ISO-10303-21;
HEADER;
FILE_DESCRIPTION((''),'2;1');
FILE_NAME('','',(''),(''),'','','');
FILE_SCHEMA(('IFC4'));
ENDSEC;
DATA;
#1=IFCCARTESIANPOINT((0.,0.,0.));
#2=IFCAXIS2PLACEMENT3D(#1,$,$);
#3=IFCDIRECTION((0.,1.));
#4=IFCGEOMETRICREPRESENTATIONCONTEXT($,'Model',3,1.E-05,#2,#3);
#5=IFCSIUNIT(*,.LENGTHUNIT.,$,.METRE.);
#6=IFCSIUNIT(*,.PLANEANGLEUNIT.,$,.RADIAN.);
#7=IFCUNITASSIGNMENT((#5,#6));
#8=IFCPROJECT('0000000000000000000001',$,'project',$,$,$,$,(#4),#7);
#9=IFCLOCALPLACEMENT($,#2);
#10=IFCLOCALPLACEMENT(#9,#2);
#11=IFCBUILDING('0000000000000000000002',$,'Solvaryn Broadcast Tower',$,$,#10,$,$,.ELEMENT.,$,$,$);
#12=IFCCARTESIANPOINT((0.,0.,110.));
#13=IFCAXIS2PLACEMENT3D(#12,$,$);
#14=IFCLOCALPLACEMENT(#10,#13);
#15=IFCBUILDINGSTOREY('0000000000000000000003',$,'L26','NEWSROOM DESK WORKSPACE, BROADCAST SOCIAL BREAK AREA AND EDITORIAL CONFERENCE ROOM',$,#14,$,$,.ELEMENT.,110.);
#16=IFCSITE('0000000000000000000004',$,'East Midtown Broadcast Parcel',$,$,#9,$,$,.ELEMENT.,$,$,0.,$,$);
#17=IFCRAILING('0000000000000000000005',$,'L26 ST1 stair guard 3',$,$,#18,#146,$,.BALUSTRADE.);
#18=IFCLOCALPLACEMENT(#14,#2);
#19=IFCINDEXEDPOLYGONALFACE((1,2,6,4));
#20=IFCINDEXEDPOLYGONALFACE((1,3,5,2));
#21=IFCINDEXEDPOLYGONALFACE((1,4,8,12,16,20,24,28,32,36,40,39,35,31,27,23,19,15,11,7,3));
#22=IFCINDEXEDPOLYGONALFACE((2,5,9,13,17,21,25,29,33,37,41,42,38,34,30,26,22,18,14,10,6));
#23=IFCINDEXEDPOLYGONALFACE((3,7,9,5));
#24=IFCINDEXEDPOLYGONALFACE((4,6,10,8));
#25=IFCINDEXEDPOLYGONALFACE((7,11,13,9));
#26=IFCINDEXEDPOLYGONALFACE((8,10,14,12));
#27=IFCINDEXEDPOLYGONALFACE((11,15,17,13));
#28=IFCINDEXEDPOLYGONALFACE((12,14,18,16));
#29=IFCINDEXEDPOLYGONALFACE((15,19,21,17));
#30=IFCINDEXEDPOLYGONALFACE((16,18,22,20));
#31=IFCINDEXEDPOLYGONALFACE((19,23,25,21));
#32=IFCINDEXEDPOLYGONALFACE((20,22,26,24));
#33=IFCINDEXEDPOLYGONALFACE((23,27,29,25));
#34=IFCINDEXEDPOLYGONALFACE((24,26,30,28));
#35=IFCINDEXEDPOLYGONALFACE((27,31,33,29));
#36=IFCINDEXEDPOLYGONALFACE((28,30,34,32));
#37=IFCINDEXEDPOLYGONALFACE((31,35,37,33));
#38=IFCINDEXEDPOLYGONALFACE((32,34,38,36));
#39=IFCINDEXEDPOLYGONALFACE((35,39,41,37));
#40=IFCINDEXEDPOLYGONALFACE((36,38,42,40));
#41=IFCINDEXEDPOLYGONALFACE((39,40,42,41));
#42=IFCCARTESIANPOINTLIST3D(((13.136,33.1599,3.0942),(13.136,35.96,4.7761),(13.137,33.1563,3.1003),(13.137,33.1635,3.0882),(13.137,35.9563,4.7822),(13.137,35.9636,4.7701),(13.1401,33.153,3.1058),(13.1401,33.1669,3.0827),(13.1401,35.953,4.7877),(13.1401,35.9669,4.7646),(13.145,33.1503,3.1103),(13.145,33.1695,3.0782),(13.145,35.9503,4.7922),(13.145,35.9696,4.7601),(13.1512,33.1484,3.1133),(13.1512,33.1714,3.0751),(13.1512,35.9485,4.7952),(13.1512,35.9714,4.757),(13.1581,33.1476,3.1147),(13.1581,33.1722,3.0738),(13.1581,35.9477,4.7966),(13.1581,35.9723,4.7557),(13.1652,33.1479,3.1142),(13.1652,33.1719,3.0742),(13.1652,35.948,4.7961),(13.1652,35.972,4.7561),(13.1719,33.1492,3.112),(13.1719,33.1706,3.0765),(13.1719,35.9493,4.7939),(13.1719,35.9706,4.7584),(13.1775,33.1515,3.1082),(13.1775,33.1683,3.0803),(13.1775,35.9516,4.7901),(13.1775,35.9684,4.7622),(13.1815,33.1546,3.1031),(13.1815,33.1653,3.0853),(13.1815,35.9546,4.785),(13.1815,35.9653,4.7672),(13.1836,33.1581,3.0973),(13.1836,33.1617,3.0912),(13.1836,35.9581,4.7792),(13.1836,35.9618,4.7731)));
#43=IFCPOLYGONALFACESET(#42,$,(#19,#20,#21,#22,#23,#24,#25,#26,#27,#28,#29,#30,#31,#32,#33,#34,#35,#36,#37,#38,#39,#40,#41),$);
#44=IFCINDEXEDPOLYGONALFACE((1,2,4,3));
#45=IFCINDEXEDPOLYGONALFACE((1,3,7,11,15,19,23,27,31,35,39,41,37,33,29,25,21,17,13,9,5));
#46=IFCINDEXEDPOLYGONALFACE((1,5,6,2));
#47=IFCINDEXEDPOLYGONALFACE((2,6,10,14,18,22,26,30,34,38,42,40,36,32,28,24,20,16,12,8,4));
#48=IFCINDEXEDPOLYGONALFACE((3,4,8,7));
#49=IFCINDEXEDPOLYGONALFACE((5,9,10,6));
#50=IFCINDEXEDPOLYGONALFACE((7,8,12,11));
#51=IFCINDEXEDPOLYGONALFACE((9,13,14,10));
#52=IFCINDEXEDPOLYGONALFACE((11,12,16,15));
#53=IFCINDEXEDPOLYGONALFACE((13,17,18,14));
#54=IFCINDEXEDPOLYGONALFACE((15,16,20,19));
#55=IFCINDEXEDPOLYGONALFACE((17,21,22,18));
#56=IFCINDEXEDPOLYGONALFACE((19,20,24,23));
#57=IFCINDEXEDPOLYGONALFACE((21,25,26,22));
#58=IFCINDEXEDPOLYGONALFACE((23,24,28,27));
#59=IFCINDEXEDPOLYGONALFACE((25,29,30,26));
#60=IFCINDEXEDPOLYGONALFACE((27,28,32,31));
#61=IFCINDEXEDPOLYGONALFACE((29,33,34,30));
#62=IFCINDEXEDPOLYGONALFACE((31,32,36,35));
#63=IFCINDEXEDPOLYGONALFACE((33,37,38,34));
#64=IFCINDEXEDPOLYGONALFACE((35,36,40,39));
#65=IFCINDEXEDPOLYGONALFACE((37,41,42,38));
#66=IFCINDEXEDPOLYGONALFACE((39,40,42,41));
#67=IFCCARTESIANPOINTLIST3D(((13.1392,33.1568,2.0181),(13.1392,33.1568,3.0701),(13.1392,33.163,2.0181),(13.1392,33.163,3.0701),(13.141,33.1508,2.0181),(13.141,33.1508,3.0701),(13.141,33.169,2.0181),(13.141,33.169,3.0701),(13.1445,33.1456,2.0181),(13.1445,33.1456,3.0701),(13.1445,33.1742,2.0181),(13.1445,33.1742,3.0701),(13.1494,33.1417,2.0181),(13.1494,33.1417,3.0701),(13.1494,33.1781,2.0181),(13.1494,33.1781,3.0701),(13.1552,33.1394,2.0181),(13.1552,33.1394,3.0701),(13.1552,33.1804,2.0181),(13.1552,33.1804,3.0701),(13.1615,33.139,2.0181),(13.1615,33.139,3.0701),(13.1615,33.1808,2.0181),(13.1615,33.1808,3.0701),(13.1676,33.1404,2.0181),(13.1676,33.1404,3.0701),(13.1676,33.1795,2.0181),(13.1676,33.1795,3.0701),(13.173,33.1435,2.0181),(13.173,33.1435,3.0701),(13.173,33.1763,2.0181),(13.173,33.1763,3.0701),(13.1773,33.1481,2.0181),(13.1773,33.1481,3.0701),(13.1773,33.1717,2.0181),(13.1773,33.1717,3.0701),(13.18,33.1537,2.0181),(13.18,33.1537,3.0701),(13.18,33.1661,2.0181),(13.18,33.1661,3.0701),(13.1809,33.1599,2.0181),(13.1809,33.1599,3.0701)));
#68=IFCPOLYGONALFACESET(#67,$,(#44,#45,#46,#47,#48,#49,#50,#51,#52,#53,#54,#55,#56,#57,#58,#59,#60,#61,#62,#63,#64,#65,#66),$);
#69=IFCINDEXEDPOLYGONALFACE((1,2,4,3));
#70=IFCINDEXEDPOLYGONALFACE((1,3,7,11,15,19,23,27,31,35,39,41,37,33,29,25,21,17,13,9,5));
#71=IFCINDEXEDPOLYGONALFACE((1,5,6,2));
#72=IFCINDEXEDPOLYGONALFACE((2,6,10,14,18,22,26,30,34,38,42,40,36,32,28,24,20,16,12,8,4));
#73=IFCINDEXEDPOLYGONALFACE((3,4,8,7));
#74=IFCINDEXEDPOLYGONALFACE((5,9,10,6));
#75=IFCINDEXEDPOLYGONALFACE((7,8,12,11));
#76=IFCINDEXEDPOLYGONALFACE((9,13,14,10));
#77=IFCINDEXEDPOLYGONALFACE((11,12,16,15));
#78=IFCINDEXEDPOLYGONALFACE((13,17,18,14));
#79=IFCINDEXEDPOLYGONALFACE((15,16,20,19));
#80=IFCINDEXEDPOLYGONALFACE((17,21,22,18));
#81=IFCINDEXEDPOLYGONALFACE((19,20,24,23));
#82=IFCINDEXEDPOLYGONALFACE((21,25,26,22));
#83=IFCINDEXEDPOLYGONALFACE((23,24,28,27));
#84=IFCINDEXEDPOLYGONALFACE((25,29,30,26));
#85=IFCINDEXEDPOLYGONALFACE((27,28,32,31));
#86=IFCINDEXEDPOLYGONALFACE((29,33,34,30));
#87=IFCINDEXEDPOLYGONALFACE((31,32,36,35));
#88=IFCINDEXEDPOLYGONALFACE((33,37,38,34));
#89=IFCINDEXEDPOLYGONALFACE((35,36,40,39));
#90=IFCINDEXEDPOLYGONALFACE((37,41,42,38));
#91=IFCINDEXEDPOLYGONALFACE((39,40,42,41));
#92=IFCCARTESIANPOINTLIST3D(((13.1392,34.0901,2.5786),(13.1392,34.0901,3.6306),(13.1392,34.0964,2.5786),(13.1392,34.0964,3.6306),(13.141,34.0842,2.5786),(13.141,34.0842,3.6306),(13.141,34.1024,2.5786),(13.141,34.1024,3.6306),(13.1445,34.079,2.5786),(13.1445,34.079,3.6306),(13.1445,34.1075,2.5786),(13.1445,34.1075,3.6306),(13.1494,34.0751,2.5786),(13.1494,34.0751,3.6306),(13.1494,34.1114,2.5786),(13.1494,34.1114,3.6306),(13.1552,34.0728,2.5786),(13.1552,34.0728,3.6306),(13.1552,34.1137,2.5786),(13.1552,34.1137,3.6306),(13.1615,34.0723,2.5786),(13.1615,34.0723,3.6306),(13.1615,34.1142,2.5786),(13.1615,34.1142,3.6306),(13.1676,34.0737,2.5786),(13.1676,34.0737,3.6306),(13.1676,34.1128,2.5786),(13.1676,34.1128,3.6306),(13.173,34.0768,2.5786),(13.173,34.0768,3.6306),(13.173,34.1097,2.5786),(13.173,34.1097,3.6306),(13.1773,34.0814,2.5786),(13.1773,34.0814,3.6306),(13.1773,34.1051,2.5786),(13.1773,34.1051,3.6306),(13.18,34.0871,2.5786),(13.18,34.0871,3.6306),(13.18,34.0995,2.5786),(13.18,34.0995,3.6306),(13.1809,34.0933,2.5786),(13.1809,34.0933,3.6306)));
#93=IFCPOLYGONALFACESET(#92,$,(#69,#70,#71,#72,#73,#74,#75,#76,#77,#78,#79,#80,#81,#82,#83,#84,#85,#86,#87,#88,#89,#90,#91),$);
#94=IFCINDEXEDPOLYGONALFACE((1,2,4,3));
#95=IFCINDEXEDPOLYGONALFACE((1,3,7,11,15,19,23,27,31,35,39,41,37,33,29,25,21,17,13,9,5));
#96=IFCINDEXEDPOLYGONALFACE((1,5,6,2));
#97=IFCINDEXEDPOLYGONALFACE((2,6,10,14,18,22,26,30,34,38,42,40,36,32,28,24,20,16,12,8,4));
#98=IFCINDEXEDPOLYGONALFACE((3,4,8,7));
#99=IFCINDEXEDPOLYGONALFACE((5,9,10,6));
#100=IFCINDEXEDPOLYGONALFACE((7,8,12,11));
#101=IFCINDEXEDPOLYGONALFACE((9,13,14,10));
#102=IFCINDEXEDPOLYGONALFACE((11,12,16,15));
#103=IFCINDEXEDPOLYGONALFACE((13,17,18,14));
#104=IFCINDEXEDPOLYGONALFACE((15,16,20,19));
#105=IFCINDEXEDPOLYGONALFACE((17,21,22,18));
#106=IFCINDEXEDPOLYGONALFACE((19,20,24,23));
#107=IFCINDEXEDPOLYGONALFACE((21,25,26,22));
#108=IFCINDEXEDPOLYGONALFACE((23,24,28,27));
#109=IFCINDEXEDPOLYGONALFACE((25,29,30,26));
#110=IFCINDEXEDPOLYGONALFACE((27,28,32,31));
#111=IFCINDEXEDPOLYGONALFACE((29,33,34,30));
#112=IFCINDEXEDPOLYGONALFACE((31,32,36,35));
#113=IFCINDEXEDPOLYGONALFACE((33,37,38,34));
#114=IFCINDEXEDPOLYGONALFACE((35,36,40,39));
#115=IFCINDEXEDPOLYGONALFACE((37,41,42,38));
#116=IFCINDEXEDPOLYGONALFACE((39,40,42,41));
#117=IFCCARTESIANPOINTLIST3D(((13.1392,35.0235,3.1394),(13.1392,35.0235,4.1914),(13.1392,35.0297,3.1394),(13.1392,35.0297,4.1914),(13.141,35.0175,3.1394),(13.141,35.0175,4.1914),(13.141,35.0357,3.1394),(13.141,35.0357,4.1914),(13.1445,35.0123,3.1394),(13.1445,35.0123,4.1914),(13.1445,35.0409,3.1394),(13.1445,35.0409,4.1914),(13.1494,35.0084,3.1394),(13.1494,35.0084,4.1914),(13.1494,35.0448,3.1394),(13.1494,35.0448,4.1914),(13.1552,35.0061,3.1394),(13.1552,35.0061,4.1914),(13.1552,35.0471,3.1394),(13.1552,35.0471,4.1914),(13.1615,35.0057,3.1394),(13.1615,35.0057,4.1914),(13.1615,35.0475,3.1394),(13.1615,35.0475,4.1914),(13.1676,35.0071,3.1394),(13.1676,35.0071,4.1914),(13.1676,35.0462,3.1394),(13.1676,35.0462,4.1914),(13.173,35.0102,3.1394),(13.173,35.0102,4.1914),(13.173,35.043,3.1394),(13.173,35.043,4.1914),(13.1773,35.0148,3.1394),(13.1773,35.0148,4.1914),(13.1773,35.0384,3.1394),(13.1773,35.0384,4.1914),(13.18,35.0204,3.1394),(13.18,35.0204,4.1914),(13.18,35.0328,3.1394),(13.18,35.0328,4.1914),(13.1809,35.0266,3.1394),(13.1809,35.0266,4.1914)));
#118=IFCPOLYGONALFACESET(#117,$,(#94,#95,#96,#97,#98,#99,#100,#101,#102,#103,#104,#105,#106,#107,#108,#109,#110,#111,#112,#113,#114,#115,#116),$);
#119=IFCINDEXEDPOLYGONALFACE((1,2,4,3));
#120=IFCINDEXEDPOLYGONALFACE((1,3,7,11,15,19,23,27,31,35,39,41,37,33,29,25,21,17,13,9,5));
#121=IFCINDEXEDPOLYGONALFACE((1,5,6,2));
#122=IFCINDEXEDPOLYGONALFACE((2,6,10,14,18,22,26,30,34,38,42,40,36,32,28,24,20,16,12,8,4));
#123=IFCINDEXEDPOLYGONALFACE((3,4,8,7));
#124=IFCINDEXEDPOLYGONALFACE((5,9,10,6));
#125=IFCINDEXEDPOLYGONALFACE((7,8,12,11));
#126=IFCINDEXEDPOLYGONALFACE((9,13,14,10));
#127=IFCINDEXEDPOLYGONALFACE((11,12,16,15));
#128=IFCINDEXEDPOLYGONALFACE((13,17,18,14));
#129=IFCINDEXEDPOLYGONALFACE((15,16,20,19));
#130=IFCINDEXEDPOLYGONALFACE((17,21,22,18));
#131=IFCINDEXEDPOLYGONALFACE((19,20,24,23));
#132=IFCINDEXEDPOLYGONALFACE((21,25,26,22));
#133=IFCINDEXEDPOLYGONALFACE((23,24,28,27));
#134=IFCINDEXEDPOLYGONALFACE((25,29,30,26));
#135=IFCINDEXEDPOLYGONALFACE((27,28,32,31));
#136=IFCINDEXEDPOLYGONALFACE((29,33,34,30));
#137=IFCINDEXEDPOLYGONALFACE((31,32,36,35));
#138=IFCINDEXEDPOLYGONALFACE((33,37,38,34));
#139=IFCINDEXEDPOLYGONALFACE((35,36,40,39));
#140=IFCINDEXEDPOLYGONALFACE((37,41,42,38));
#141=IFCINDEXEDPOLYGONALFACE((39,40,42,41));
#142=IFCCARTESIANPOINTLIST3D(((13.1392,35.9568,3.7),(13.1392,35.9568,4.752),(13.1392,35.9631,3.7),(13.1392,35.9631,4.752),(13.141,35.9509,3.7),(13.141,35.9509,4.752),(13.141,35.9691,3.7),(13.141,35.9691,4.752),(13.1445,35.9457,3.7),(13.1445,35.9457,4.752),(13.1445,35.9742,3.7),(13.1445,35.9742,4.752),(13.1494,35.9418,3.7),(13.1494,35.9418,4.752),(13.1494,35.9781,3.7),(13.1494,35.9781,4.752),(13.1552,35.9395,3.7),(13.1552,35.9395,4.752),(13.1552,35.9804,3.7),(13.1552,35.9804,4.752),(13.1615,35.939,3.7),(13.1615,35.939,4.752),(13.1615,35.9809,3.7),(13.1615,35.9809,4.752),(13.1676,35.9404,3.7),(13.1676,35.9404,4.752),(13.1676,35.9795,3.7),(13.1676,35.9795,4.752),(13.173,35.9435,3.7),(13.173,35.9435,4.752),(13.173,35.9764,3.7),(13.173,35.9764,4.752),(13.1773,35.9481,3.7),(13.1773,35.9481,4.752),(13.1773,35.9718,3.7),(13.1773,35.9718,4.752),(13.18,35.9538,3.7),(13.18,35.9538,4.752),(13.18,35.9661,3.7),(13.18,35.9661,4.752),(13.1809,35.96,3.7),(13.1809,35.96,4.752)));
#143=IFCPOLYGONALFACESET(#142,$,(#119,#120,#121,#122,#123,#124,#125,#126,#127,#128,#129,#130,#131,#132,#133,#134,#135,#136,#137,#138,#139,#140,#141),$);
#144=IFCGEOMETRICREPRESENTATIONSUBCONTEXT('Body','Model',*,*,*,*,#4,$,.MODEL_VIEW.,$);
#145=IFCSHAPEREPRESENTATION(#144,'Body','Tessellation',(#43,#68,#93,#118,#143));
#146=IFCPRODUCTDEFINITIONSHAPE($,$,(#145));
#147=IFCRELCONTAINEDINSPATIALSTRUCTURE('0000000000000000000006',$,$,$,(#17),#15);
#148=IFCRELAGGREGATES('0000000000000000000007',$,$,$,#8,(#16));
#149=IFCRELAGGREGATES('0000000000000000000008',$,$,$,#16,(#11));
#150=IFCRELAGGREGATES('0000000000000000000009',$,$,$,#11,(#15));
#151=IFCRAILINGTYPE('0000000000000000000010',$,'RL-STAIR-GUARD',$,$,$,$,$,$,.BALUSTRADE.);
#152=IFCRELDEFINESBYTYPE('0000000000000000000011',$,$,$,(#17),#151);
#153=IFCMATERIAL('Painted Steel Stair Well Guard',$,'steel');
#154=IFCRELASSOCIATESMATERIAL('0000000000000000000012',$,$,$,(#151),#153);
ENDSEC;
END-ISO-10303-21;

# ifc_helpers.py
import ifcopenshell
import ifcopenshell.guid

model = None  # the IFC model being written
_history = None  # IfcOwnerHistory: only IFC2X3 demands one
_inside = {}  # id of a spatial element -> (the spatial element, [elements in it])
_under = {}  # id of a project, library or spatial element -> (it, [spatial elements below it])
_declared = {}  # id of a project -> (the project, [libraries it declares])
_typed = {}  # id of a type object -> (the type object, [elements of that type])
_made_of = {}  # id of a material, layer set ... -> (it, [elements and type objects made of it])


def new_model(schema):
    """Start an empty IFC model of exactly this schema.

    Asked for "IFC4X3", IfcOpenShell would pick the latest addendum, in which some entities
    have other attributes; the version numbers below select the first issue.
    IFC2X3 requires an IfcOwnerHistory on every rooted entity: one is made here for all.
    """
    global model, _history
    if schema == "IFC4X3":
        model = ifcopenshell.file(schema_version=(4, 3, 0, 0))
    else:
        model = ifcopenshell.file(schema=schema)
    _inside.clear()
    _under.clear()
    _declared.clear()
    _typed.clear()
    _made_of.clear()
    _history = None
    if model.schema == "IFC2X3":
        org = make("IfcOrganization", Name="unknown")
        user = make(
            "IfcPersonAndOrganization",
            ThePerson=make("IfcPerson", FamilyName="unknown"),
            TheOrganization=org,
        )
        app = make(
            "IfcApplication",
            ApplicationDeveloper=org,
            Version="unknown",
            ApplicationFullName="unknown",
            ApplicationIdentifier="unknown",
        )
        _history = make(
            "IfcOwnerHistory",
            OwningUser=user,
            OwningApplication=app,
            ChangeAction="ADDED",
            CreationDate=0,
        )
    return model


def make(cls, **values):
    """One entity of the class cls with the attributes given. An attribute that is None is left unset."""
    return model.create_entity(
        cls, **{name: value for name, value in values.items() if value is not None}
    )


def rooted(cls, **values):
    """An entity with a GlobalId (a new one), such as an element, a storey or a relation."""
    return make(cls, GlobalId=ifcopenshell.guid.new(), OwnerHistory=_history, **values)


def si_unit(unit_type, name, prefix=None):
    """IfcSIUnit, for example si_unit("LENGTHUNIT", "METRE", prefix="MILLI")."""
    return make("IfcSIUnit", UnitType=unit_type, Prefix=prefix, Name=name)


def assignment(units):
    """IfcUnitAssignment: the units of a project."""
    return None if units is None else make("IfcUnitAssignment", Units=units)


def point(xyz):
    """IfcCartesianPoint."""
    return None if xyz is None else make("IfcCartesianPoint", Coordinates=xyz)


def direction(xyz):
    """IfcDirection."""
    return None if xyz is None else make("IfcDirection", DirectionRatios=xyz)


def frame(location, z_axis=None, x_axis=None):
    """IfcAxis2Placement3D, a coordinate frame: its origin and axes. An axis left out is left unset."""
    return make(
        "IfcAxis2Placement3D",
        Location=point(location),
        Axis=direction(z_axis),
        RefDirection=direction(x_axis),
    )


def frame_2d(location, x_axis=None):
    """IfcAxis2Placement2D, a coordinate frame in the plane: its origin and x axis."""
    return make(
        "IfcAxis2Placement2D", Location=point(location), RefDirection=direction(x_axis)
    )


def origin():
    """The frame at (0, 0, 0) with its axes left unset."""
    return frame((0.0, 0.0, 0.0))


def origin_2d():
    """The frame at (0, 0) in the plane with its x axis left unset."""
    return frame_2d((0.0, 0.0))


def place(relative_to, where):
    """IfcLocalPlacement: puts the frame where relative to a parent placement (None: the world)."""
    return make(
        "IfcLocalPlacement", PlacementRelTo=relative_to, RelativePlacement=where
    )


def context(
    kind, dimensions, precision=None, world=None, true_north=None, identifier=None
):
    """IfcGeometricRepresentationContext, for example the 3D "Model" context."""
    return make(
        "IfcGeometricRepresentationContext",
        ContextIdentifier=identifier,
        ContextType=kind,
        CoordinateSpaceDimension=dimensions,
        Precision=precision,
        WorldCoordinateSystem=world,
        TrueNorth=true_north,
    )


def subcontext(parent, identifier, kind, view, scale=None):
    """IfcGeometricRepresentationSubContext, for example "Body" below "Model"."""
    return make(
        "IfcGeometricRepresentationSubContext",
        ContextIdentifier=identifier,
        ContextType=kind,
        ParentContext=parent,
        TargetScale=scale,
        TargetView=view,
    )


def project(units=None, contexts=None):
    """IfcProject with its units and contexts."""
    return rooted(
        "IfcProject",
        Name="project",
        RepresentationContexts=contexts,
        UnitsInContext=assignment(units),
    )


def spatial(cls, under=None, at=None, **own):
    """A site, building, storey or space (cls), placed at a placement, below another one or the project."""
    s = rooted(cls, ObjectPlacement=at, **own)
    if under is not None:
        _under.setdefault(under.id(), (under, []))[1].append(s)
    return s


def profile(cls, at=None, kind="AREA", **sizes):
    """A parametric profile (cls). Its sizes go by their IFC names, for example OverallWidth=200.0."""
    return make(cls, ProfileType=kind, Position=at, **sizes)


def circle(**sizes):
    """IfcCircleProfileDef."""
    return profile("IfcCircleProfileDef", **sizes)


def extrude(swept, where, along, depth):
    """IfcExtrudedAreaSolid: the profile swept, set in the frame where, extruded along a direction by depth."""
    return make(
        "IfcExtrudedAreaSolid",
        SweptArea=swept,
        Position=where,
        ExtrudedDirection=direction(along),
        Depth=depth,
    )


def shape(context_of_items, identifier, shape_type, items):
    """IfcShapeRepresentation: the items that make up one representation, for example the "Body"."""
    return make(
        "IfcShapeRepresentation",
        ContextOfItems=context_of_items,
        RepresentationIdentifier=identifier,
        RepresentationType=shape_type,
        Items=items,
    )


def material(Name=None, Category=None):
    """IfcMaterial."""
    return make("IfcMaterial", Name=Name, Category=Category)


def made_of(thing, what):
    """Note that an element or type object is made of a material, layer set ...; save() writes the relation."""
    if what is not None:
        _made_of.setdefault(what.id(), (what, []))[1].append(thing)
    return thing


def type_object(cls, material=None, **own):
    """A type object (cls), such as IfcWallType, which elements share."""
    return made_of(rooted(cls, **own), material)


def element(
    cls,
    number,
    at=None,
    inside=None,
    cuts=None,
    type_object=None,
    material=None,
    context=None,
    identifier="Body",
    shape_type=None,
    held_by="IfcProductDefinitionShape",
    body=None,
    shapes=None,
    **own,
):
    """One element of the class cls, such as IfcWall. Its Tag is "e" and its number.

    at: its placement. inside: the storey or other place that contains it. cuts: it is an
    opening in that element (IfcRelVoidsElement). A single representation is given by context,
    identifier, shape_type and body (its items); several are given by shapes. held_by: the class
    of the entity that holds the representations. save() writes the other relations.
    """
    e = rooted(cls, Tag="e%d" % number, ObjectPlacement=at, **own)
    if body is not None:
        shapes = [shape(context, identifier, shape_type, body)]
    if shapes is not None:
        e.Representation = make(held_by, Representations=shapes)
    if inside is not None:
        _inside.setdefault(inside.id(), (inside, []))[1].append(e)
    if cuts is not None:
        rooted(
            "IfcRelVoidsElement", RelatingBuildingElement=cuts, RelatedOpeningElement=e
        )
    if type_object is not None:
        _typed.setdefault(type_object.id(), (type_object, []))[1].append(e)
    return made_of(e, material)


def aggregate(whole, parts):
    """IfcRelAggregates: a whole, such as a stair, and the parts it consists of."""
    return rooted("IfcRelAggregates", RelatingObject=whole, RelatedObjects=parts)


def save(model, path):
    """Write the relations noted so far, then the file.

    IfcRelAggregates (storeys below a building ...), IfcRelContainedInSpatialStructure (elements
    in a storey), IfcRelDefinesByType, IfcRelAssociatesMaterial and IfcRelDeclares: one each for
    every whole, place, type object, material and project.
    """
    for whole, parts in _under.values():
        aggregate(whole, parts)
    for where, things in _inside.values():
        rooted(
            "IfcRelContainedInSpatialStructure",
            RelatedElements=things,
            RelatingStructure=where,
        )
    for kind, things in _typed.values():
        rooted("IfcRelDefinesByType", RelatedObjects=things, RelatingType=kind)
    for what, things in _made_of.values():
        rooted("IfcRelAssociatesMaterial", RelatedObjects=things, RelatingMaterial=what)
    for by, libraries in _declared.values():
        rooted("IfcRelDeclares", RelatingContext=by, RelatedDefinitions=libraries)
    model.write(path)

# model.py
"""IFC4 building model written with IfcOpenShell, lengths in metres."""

from ifc_helpers import new_model, si_unit, direction, frame, origin, origin_2d, place, context, subcontext, project, spatial, circle, extrude, material, type_object, element, save


model = new_model("IFC4")

# Units and contexts
model_context = context("Model", 3, precision=1e-05, world=origin(), true_north=direction((0.0, 1.0)))
body_context = subcontext(model_context, "Body", "Model", "MODEL_VIEW")
ifc_project = project(units=[si_unit("LENGTHUNIT", "METRE"), si_unit("PLANEANGLEUNIT", "RADIAN")], contexts=[model_context])

# Site, building, storey
site_placement = place(None, origin())
site = spatial("IfcSite", under=ifc_project, at=site_placement, Name="East Midtown Broadcast Parcel", CompositionType="ELEMENT", RefElevation=0.0)
building_placement = place(site_placement, origin())
building = spatial("IfcBuilding", under=site, at=building_placement, Name="Solvaryn Broadcast Tower", CompositionType="ELEMENT")
storey_placement = place(building_placement, frame((0.0, 0.0, 110.0)))
storey = spatial("IfcBuildingStorey", under=building, at=storey_placement, Name="L26", Description="NEWSROOM DESK WORKSPACE, BROADCAST SOCIAL BREAK AREA AND EDITORIAL CONFERENCE ROOM", CompositionType="ELEMENT", Elevation=110.0)

# Railing
ifc_material_1 = material(Name="Painted Steel Stair Well Guard", Category="steel")
railing_type_1 = type_object("IfcRailingType", Name="RL-STAIR-GUARD", PredefinedType="BALUSTRADE", material=ifc_material_1)
railing_1_placement = place(storey_placement, frame((13.1599, 33.1599, 2.0181)))
element("IfcRailing", 1, at=railing_1_placement, inside=storey, type_object=railing_type_1, Name="L26 ST1 stair guard 3", PredefinedType="BALUSTRADE", context=body_context, shape_type="SweptSolid", body=[
    extrude(circle(Radius=0.0239, at=origin_2d()), frame((0.0, 0.0, 1.0762), z_axis=(0.0, 0.857242, 0.514913), x_axis=(-1.0, 0.0, 0.0)), (0.0, 0.0, 1.0), 3.2664),
    extrude(circle(Radius=0.021, at=origin_2d()), origin(), (0.0, 0.0, 1.0), 1.052),
    extrude(circle(Radius=0.021, at=origin_2d()), frame((0.0, 0.9333, 0.5605)), (0.0, 0.0, 1.0), 1.052),
    extrude(circle(Radius=0.021, at=origin_2d()), frame((0.0, 1.8667, 1.1213)), (0.0, 0.0, 1.0), 1.052),
    extrude(circle(Radius=0.021, at=origin_2d()), frame((0.0, 2.8, 1.6819)), (0.0, 0.0, 1.0), 1.052),
])

save(model, "model.ifc")
